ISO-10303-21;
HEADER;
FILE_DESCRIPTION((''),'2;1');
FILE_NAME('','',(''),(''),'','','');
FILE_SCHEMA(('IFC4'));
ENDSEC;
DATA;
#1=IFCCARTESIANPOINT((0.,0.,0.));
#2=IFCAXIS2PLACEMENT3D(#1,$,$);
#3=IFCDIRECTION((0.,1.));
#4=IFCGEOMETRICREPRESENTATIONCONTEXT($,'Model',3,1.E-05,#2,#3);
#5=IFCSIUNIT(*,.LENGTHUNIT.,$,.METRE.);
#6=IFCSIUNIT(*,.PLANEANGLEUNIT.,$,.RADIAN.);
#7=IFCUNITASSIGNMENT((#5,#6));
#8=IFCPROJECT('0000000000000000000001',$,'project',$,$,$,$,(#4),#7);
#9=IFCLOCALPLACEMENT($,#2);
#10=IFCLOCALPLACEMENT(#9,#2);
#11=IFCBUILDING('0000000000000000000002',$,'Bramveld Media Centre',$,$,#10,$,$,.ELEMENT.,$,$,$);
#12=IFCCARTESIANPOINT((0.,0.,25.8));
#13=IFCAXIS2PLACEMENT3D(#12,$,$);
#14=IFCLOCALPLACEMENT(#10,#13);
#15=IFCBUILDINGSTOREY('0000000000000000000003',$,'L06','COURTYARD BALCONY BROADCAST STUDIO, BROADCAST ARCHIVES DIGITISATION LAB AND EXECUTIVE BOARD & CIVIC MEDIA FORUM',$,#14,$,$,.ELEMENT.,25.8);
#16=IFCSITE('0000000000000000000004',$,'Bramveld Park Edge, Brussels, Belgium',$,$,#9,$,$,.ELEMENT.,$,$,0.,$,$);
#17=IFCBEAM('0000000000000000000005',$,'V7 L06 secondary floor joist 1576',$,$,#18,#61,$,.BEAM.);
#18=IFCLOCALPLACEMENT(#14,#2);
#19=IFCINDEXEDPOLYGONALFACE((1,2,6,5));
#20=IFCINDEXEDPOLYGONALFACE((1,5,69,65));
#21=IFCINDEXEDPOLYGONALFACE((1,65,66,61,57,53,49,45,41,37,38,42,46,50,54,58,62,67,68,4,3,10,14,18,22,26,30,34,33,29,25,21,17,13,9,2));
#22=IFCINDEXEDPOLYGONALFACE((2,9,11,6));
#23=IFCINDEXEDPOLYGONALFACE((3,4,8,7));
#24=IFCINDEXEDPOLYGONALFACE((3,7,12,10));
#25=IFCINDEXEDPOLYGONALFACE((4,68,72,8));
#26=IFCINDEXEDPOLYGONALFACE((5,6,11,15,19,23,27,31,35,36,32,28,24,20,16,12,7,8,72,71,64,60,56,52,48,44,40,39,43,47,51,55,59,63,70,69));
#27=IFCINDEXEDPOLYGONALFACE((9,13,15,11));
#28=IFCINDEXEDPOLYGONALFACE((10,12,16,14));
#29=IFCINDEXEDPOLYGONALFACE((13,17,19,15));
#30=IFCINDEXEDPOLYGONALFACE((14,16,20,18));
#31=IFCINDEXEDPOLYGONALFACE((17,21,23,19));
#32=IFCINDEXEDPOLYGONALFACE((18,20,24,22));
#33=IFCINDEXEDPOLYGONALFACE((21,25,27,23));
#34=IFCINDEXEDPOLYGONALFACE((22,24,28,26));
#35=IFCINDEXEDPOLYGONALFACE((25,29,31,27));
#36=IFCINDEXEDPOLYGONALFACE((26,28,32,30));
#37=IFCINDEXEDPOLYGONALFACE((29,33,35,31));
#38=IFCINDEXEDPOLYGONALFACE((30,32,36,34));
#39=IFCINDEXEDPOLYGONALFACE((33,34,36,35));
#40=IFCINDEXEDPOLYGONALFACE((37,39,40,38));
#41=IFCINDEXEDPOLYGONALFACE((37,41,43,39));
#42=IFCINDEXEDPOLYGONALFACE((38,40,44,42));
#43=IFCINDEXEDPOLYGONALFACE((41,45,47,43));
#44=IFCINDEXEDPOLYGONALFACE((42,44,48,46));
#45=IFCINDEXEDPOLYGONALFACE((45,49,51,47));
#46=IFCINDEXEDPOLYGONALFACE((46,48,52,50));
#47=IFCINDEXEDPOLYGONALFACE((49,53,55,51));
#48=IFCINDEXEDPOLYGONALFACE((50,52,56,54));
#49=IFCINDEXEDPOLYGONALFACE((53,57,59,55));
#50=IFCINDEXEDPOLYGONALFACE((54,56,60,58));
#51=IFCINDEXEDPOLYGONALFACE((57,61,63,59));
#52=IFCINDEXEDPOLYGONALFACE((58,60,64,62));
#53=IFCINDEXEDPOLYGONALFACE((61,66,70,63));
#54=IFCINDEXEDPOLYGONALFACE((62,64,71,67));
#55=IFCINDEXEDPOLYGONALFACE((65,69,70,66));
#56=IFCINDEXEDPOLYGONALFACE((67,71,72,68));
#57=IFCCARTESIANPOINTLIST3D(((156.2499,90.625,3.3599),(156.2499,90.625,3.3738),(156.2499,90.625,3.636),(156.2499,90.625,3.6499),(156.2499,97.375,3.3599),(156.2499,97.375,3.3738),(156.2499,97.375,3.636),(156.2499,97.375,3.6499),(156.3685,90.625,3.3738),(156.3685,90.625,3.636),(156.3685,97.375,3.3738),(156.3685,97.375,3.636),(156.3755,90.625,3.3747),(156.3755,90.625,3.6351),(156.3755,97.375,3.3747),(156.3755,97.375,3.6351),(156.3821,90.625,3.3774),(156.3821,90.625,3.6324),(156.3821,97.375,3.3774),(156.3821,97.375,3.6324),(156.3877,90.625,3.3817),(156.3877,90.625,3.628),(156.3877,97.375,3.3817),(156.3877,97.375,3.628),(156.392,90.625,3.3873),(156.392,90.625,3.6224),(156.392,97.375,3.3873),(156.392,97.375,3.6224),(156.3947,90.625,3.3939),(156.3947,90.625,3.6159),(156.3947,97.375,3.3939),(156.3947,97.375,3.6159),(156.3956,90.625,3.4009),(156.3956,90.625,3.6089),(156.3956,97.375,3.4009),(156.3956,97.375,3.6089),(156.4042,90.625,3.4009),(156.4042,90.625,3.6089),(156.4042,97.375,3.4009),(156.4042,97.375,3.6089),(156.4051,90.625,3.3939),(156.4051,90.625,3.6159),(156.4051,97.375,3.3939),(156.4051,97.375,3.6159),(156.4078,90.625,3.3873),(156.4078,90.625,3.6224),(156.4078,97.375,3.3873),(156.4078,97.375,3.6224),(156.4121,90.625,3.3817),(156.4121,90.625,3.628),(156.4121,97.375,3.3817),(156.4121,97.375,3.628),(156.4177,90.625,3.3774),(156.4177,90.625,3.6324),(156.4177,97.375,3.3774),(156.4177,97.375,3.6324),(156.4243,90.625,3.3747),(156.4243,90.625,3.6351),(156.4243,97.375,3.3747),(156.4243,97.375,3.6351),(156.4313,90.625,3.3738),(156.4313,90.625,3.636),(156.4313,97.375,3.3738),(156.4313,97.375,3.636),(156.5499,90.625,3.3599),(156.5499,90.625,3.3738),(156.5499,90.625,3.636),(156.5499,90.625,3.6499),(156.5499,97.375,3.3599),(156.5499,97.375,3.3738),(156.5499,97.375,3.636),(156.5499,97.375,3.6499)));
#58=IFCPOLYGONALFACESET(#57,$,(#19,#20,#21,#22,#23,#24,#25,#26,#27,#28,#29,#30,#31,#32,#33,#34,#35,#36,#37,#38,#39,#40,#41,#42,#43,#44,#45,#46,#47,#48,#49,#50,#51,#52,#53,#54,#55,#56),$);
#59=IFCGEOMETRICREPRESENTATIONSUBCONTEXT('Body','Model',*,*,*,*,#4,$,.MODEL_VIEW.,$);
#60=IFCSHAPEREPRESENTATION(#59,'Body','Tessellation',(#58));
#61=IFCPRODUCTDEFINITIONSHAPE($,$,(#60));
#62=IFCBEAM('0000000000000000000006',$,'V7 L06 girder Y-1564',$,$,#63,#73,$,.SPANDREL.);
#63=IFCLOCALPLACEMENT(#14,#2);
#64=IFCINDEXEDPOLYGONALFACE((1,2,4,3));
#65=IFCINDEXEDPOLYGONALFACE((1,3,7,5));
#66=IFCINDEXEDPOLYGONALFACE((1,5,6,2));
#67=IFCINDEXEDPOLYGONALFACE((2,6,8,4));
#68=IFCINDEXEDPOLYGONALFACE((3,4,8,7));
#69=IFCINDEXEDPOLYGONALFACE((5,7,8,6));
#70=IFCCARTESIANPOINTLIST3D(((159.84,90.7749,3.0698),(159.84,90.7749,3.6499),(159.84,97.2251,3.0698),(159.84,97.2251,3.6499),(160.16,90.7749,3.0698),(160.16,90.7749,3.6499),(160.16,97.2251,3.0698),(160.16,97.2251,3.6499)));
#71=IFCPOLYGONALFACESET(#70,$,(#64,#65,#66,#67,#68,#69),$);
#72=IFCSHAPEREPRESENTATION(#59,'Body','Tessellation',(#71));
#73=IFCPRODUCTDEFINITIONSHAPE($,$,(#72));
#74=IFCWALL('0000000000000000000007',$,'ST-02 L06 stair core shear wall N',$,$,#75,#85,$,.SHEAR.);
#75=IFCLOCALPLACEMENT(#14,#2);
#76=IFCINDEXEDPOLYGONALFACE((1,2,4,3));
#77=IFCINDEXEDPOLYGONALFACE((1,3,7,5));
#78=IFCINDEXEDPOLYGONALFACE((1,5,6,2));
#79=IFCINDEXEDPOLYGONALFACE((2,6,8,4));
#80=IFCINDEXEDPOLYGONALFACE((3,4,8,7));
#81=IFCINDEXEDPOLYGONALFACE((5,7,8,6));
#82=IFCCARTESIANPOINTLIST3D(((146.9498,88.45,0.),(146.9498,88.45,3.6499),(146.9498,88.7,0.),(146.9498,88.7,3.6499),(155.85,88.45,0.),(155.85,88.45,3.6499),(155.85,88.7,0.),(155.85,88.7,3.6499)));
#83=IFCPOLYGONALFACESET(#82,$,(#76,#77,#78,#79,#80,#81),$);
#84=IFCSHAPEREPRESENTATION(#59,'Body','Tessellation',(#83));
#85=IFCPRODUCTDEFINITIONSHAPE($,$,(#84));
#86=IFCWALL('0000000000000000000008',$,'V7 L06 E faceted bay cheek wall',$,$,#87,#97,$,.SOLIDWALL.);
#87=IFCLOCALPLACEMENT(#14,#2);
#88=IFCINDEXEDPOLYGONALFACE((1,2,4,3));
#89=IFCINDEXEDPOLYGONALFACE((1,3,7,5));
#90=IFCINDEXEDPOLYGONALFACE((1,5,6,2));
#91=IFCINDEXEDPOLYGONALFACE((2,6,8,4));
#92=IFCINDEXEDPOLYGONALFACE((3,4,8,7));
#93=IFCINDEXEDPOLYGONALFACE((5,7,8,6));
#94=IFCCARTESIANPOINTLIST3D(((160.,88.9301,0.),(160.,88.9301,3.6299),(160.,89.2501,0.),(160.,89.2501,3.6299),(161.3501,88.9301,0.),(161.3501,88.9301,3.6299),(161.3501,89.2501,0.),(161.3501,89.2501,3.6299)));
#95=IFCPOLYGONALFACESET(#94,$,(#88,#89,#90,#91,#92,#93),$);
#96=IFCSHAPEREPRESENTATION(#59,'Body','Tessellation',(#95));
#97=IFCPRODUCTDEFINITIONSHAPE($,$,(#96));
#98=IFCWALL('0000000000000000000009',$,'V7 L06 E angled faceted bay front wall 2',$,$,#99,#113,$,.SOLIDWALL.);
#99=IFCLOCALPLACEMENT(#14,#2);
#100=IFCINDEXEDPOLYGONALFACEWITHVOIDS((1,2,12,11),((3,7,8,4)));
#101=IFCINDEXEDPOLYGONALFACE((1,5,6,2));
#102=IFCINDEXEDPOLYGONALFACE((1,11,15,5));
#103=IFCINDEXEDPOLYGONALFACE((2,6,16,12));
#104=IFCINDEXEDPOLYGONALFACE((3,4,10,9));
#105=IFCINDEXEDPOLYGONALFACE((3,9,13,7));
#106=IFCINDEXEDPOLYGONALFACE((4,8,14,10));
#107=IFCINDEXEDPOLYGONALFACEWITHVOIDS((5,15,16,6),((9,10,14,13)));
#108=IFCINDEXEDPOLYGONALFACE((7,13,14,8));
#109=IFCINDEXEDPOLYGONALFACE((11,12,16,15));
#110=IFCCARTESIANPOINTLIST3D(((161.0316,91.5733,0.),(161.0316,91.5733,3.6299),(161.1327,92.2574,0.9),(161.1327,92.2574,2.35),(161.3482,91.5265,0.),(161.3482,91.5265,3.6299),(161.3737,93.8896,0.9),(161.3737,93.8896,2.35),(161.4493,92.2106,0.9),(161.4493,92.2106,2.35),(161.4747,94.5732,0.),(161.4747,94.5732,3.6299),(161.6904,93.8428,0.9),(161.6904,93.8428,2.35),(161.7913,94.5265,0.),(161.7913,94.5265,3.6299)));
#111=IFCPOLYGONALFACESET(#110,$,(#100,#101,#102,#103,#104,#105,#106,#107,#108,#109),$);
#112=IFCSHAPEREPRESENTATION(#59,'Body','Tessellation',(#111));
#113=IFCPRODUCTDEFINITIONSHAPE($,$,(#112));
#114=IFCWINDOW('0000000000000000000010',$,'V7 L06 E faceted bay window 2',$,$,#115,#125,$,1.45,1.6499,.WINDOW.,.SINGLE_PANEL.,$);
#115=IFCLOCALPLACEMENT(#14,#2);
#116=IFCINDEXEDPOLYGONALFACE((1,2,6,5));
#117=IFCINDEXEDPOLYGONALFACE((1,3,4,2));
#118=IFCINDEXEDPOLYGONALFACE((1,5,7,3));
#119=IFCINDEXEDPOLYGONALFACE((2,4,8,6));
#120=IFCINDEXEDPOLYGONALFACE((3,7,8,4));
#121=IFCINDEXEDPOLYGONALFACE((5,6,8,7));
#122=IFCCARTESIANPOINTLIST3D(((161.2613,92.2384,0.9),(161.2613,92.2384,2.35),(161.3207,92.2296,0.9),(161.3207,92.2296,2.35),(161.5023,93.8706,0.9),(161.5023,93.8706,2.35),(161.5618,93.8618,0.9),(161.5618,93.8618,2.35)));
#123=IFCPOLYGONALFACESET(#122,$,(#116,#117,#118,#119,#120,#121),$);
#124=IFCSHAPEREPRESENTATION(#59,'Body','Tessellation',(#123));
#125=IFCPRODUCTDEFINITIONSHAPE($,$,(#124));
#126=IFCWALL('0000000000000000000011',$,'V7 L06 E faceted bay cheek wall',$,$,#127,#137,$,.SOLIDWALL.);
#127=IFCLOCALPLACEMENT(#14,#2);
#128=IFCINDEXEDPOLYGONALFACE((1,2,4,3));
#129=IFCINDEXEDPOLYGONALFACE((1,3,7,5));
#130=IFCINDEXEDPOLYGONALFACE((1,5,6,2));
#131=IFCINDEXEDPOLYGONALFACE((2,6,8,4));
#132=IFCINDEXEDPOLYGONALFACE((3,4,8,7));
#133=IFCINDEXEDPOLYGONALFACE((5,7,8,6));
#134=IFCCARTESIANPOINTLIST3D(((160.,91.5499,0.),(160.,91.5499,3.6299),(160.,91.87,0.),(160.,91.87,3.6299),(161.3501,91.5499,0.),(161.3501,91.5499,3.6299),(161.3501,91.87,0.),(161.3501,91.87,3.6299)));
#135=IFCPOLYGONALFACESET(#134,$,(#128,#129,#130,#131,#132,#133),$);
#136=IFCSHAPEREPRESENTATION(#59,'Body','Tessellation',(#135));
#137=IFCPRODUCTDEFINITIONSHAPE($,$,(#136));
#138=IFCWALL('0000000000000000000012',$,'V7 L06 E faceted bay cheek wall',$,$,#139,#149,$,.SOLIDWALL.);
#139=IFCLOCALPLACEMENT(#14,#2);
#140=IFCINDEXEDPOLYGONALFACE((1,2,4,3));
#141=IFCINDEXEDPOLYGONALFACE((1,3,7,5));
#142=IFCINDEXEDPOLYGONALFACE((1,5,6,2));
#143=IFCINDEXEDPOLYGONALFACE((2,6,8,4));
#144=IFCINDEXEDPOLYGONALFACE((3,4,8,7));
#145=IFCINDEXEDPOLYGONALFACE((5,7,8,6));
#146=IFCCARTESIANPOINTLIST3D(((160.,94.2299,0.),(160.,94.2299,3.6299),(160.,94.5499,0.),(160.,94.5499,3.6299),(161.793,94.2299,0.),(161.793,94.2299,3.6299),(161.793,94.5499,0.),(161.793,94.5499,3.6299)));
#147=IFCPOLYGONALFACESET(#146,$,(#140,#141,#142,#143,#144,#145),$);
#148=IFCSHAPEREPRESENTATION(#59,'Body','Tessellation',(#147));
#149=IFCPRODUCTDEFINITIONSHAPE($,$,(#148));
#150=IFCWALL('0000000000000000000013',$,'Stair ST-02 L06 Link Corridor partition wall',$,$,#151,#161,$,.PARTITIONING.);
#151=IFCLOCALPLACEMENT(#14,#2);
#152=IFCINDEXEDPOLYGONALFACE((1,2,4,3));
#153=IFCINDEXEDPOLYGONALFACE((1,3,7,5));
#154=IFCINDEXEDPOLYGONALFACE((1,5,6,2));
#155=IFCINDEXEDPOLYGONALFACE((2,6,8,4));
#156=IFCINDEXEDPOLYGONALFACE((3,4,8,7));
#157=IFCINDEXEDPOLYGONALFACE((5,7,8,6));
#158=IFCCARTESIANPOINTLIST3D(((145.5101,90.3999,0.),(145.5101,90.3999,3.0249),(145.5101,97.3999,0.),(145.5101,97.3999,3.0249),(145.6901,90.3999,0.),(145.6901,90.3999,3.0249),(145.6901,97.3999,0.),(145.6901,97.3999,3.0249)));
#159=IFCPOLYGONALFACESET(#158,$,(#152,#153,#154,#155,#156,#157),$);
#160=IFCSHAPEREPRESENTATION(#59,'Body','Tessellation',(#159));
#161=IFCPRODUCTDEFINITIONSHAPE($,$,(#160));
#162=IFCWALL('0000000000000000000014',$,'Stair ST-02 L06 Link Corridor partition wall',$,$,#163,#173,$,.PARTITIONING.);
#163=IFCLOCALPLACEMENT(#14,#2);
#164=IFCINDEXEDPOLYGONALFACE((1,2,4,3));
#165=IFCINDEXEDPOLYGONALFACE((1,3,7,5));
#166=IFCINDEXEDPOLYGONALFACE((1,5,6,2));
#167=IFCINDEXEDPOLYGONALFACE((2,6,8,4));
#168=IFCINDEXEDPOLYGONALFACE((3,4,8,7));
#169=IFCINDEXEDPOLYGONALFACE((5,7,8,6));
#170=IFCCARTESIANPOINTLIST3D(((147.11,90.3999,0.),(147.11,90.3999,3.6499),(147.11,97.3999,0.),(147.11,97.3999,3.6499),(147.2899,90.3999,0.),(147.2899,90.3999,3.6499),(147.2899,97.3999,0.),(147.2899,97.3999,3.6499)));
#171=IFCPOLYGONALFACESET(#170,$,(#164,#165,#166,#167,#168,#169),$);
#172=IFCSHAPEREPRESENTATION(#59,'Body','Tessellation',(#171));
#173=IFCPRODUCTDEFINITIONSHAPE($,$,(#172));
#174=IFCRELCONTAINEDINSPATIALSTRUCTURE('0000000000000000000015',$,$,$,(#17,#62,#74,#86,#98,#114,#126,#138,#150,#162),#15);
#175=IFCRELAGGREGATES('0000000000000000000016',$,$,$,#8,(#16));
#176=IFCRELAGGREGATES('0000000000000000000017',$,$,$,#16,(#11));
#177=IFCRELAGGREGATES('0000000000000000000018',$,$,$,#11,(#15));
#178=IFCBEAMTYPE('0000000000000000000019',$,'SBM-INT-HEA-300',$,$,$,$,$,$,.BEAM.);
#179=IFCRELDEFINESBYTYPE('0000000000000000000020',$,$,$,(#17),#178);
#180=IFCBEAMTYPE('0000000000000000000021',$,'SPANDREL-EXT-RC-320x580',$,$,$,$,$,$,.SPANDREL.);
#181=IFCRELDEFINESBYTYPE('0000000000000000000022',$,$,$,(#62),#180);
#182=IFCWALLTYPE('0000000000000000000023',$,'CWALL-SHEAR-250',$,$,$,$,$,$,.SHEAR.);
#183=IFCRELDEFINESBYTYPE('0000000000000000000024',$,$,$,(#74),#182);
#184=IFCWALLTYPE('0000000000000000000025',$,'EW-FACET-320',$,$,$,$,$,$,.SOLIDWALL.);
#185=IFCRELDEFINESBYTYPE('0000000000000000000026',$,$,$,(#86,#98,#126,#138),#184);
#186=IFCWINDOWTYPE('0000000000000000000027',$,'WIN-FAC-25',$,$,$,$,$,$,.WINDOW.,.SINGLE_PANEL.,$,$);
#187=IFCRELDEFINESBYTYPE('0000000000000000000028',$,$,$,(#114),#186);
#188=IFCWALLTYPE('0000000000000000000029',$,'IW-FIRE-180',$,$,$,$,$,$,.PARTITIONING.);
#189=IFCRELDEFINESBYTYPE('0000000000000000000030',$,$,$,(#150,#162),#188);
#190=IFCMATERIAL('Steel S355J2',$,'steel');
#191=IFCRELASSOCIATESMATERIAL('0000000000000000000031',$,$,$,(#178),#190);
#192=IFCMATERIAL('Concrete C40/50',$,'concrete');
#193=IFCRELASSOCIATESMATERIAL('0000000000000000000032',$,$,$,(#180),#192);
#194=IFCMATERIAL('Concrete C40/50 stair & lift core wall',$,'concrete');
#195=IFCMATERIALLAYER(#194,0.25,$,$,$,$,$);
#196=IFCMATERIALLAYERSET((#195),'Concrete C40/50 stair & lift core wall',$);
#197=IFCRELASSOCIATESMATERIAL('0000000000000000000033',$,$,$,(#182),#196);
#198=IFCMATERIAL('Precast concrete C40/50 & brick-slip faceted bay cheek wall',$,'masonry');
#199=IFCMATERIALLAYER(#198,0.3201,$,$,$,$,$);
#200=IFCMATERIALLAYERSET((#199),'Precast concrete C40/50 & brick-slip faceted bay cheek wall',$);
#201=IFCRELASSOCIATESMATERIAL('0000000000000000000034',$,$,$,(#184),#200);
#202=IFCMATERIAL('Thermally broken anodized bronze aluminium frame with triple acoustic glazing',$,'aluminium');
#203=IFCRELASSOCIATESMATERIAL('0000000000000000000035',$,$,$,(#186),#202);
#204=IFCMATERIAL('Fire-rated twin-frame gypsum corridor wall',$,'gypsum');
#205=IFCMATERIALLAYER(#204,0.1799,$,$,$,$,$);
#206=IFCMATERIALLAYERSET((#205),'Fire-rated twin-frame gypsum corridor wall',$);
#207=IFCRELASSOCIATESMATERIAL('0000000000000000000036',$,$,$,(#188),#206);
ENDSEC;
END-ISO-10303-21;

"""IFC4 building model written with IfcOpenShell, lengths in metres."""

from ifc_helpers import new_model, si_unit, direction, frame, frame_2d, origin, origin_2d, place, context, subcontext, project, spatial, rectangle, i_section, extrude, material, layer, layer_set, material_profile, profile_set, type_object, element, fill, save


model = new_model("IFC4")

# Units and contexts
model_context = context("Model", 3, precision=1e-05, world=origin(), true_north=direction((0.0, 1.0)))
body_context = subcontext(model_context, "Body", "Model", "MODEL_VIEW")
ifc_project = project(units=[si_unit("LENGTHUNIT", "METRE"), si_unit("PLANEANGLEUNIT", "RADIAN")], contexts=[model_context])

# Site, building, storey
site_placement = place(None, origin())
site = spatial("IfcSite", under=ifc_project, at=site_placement, Name="Bramveld Park Edge, Brussels, Belgium", CompositionType="ELEMENT", RefElevation=0.0)
building_placement = place(site_placement, origin())
building = spatial("IfcBuilding", under=site, at=building_placement, Name="Bramveld Media Centre", CompositionType="ELEMENT")
storey_placement = place(building_placement, frame((0.0, 0.0, 25.8)))
storey = spatial("IfcBuildingStorey", under=building, at=storey_placement, Name="L06", Description="COURTYARD BALCONY BROADCAST STUDIO, BROADCAST ARCHIVES DIGITISATION LAB AND EXECUTIVE BOARD & CIVIC MEDIA FORUM", CompositionType="ELEMENT", Elevation=25.8)

# Beams
ifc_material_1 = material(Name="Steel S355J2", Category="steel")
ifc_material_profile_1 = material_profile(ifc_material_1, i_section(OverallWidth=0.3, OverallDepth=0.29, WebThickness=0.0085, FlangeThickness=0.0139, FilletRadius=0.0271, at=origin_2d()), Name="HEA 300")
ifc_profile_set_1 = profile_set([ifc_material_profile_1], Name="Steel S355J2")
beam_type_1 = type_object("IfcBeamType", Name="SBM-INT-HEA-300", PredefinedType="BEAM", material=ifc_profile_set_1)
beam_1_placement = place(storey_placement, frame((156.3999, 90.625, 3.5049), z_axis=(0.0, 1.0, 0.0), x_axis=(-1.0, 0.0, 0.0)))
element("IfcBeam", 1, at=beam_1_placement, inside=storey, type_object=beam_type_1, Name="V7 L06 secondary floor joist 1576", PredefinedType="BEAM", context=body_context, shape_type="SweptSolid", body=[
    extrude(i_section(OverallWidth=0.3, OverallDepth=0.29, WebThickness=0.0085, FlangeThickness=0.0139, FilletRadius=0.0271, at=origin_2d()), origin(), (0.0, 0.0, 1.0), 6.75),
])
ifc_material_2 = material(Name="Concrete C40/50", Category="concrete")
ifc_material_profile_2 = material_profile(ifc_material_2, rectangle(XDim=0.3201, YDim=0.5801, at=origin_2d()), Name="RC 320x580")
ifc_profile_set_2 = profile_set([ifc_material_profile_2], Name="Concrete C40/50")
beam_type_2 = type_object("IfcBeamType", Name="SPANDREL-EXT-RC-320x580", PredefinedType="SPANDREL", material=ifc_profile_set_2)
beam_2_placement = place(storey_placement, frame((160.0, 90.7749, 3.3599), z_axis=(0.0, 1.0, 0.0), x_axis=(-1.0, 0.0, 0.0)))
element("IfcBeam", 2, at=beam_2_placement, inside=storey, type_object=beam_type_2, Name="V7 L06 girder Y-1564", PredefinedType="SPANDREL", context=body_context, shape_type="SweptSolid", body=[
    extrude(rectangle(XDim=0.3201, YDim=0.5801, at=origin_2d()), origin(), (0.0, 0.0, 1.0), 6.4502),
])

# Wall
ifc_material_3 = material(Name="Concrete C40/50 stair & lift core wall", Category="concrete")
ifc_layer_1 = layer(ifc_material_3, 0.25)
ifc_layer_set_1 = layer_set([ifc_layer_1], Name="Concrete C40/50 stair & lift core wall")
wall_type_1 = type_object("IfcWallType", Name="CWALL-SHEAR-250", PredefinedType="SHEAR", material=ifc_layer_set_1)
wall_1_placement = place(storey_placement, frame((155.8501, 88.575, 0.0), z_axis=(0.0, 0.0, 1.0), x_axis=(-1.0, 0.0, 0.0)))
element("IfcWall", 3, at=wall_1_placement, inside=storey, type_object=wall_type_1, Name="ST-02 L06 stair core shear wall N", PredefinedType="SHEAR", context=body_context, shape_type="SweptSolid", body=[
    extrude(rectangle(XDim=8.9001, YDim=0.25, at=frame_2d((4.4502, 0.0))), origin(), (0.0, 0.0, 1.0), 3.6499),
])

# Wall
ifc_material_4 = material(Name="Precast concrete C40/50 & brick-slip faceted bay cheek wall", Category="masonry")
ifc_layer_2 = layer(ifc_material_4, 0.3201)
ifc_layer_set_2 = layer_set([ifc_layer_2], Name="Precast concrete C40/50 & brick-slip faceted bay cheek wall")
wall_type_2 = type_object("IfcWallType", Name="EW-FACET-320", PredefinedType="SOLIDWALL", material=ifc_layer_set_2)
wall_2_placement = place(storey_placement, frame((160.0, 89.0901, 0.0), z_axis=(0.0, 0.0, 1.0), x_axis=(1.0, 0.0, 0.0)))
element("IfcWall", 4, at=wall_2_placement, inside=storey, type_object=wall_type_2, Name="V7 L06 E faceted bay cheek wall", PredefinedType="SOLIDWALL", context=body_context, shape_type="SweptSolid", body=[
    extrude(rectangle(XDim=1.3501, YDim=0.3201, at=frame_2d((0.675, 0.0))), origin(), (0.0, 0.0, 1.0), 3.6299),
])

# Wall, opening, window
wall_3_placement = place(storey_placement, frame((161.1899, 91.55, 0.0), z_axis=(0.0, 0.0, 1.0), x_axis=(0.14612, 0.989267, 0.0)))
wall_3 = element("IfcWall", 5, at=wall_3_placement, inside=storey, type_object=wall_type_2, Name="V7 L06 E angled faceted bay front wall 2", PredefinedType="SOLIDWALL", context=body_context, shape_type="SweptSolid", body=[
    extrude(rectangle(XDim=3.0325, YDim=0.3201, at=frame_2d((1.5161, 0.0))), origin(), (0.0, 0.0, 1.0), 3.6299),
])
opening_1_placement = place(wall_3_placement, frame((0.6914, 0.0, 0.8999)))
opening_1 = element("IfcOpeningElement", 6, at=opening_1_placement, cuts=wall_3, PredefinedType="OPENING", context=body_context, shape_type="SweptSolid", body=[
    extrude(rectangle(XDim=1.6499, YDim=1.45, at=frame_2d((0.825, 0.7251))), frame((0.0, 0.1719, 0.0), z_axis=(0.0, -1.0, 0.0), x_axis=(1.0, 0.0, 0.0)), (0.0, 0.0, 1.0), 0.344),
])
ifc_material_5 = material(Name="Thermally broken anodized bronze aluminium frame with triple acoustic glazing", Category="aluminium")
window_type = type_object("IfcWindowType", Name="WIN-FAC-25", PartitioningType="SINGLE_PANEL", PredefinedType="WINDOW", material=ifc_material_5)
window_placement = place(opening_1_placement, origin())
window = element("IfcWindow", 7, at=window_placement, inside=storey, type_object=window_type, Name="V7 L06 E faceted bay window 2", OverallHeight=1.45, OverallWidth=1.6499, PartitioningType="SINGLE_PANEL", PredefinedType="WINDOW", context=body_context, shape_type="SweptSolid", body=[
    extrude(rectangle(XDim=1.6499, YDim=1.45, at=frame_2d((0.825, 0.7251))), frame((0.0, 0.03, 0.0), z_axis=(0.0, -1.0, 0.0), x_axis=(1.0, 0.0, 0.0)), (0.0, 0.0, 1.0), 0.0601),
])
fill(opening_1, window)

# Walls
wall_4_placement = place(storey_placement, frame((160.0, 91.71, 0.0), z_axis=(0.0, 0.0, 1.0), x_axis=(1.0, 0.0, 0.0)))
element("IfcWall", 8, at=wall_4_placement, inside=storey, type_object=wall_type_2, Name="V7 L06 E faceted bay cheek wall", PredefinedType="SOLIDWALL", context=body_context, shape_type="SweptSolid", body=[
    extrude(rectangle(XDim=1.3501, YDim=0.3201, at=frame_2d((0.675, 0.0))), origin(), (0.0, 0.0, 1.0), 3.6299),
])
wall_5_placement = place(storey_placement, frame((160.0, 94.3899, 0.0), z_axis=(0.0, 0.0, 1.0), x_axis=(1.0, 0.0, 0.0)))
element("IfcWall", 9, at=wall_5_placement, inside=storey, type_object=wall_type_2, Name="V7 L06 E faceted bay cheek wall", PredefinedType="SOLIDWALL", context=body_context, shape_type="SweptSolid", body=[
    extrude(rectangle(XDim=1.793, YDim=0.3201, at=frame_2d((0.8965, 0.0))), origin(), (0.0, 0.0, 1.0), 3.6299),
])
ifc_material_6 = material(Name="Fire-rated twin-frame gypsum corridor wall", Category="gypsum")
ifc_layer_3 = layer(ifc_material_6, 0.1799)
ifc_layer_set_3 = layer_set([ifc_layer_3], Name="Fire-rated twin-frame gypsum corridor wall")
wall_type_3 = type_object("IfcWallType", Name="IW-FIRE-180", PredefinedType="PARTITIONING", material=ifc_layer_set_3)
wall_6_placement = place(storey_placement, frame((145.6001, 90.3999, 0.0), z_axis=(0.0, 0.0, 1.0), x_axis=(0.0, 1.0, 0.0)))
element("IfcWall", 10, at=wall_6_placement, inside=storey, type_object=wall_type_3, Name="Stair ST-02 L06 Link Corridor partition wall", PredefinedType="PARTITIONING", context=body_context, shape_type="SweptSolid", body=[
    extrude(rectangle(XDim=7.0, YDim=0.1799, at=frame_2d((3.5, 0.0))), origin(), (0.0, 0.0, 1.0), 3.0249),
])
wall_7_placement = place(storey_placement, frame((147.2, 90.3999, 0.0), z_axis=(0.0, 0.0, 1.0), x_axis=(0.0, 1.0, 0.0)))
element("IfcWall", 11, at=wall_7_placement, inside=storey, type_object=wall_type_3, Name="Stair ST-02 L06 Link Corridor partition wall", PredefinedType="PARTITIONING", context=body_context, shape_type="SweptSolid", body=[
    extrude(rectangle(XDim=7.0, YDim=0.1799, at=frame_2d((3.5, 0.0))), origin(), (0.0, 0.0, 1.0), 3.6499),
])

save(model, "model.ifc")
